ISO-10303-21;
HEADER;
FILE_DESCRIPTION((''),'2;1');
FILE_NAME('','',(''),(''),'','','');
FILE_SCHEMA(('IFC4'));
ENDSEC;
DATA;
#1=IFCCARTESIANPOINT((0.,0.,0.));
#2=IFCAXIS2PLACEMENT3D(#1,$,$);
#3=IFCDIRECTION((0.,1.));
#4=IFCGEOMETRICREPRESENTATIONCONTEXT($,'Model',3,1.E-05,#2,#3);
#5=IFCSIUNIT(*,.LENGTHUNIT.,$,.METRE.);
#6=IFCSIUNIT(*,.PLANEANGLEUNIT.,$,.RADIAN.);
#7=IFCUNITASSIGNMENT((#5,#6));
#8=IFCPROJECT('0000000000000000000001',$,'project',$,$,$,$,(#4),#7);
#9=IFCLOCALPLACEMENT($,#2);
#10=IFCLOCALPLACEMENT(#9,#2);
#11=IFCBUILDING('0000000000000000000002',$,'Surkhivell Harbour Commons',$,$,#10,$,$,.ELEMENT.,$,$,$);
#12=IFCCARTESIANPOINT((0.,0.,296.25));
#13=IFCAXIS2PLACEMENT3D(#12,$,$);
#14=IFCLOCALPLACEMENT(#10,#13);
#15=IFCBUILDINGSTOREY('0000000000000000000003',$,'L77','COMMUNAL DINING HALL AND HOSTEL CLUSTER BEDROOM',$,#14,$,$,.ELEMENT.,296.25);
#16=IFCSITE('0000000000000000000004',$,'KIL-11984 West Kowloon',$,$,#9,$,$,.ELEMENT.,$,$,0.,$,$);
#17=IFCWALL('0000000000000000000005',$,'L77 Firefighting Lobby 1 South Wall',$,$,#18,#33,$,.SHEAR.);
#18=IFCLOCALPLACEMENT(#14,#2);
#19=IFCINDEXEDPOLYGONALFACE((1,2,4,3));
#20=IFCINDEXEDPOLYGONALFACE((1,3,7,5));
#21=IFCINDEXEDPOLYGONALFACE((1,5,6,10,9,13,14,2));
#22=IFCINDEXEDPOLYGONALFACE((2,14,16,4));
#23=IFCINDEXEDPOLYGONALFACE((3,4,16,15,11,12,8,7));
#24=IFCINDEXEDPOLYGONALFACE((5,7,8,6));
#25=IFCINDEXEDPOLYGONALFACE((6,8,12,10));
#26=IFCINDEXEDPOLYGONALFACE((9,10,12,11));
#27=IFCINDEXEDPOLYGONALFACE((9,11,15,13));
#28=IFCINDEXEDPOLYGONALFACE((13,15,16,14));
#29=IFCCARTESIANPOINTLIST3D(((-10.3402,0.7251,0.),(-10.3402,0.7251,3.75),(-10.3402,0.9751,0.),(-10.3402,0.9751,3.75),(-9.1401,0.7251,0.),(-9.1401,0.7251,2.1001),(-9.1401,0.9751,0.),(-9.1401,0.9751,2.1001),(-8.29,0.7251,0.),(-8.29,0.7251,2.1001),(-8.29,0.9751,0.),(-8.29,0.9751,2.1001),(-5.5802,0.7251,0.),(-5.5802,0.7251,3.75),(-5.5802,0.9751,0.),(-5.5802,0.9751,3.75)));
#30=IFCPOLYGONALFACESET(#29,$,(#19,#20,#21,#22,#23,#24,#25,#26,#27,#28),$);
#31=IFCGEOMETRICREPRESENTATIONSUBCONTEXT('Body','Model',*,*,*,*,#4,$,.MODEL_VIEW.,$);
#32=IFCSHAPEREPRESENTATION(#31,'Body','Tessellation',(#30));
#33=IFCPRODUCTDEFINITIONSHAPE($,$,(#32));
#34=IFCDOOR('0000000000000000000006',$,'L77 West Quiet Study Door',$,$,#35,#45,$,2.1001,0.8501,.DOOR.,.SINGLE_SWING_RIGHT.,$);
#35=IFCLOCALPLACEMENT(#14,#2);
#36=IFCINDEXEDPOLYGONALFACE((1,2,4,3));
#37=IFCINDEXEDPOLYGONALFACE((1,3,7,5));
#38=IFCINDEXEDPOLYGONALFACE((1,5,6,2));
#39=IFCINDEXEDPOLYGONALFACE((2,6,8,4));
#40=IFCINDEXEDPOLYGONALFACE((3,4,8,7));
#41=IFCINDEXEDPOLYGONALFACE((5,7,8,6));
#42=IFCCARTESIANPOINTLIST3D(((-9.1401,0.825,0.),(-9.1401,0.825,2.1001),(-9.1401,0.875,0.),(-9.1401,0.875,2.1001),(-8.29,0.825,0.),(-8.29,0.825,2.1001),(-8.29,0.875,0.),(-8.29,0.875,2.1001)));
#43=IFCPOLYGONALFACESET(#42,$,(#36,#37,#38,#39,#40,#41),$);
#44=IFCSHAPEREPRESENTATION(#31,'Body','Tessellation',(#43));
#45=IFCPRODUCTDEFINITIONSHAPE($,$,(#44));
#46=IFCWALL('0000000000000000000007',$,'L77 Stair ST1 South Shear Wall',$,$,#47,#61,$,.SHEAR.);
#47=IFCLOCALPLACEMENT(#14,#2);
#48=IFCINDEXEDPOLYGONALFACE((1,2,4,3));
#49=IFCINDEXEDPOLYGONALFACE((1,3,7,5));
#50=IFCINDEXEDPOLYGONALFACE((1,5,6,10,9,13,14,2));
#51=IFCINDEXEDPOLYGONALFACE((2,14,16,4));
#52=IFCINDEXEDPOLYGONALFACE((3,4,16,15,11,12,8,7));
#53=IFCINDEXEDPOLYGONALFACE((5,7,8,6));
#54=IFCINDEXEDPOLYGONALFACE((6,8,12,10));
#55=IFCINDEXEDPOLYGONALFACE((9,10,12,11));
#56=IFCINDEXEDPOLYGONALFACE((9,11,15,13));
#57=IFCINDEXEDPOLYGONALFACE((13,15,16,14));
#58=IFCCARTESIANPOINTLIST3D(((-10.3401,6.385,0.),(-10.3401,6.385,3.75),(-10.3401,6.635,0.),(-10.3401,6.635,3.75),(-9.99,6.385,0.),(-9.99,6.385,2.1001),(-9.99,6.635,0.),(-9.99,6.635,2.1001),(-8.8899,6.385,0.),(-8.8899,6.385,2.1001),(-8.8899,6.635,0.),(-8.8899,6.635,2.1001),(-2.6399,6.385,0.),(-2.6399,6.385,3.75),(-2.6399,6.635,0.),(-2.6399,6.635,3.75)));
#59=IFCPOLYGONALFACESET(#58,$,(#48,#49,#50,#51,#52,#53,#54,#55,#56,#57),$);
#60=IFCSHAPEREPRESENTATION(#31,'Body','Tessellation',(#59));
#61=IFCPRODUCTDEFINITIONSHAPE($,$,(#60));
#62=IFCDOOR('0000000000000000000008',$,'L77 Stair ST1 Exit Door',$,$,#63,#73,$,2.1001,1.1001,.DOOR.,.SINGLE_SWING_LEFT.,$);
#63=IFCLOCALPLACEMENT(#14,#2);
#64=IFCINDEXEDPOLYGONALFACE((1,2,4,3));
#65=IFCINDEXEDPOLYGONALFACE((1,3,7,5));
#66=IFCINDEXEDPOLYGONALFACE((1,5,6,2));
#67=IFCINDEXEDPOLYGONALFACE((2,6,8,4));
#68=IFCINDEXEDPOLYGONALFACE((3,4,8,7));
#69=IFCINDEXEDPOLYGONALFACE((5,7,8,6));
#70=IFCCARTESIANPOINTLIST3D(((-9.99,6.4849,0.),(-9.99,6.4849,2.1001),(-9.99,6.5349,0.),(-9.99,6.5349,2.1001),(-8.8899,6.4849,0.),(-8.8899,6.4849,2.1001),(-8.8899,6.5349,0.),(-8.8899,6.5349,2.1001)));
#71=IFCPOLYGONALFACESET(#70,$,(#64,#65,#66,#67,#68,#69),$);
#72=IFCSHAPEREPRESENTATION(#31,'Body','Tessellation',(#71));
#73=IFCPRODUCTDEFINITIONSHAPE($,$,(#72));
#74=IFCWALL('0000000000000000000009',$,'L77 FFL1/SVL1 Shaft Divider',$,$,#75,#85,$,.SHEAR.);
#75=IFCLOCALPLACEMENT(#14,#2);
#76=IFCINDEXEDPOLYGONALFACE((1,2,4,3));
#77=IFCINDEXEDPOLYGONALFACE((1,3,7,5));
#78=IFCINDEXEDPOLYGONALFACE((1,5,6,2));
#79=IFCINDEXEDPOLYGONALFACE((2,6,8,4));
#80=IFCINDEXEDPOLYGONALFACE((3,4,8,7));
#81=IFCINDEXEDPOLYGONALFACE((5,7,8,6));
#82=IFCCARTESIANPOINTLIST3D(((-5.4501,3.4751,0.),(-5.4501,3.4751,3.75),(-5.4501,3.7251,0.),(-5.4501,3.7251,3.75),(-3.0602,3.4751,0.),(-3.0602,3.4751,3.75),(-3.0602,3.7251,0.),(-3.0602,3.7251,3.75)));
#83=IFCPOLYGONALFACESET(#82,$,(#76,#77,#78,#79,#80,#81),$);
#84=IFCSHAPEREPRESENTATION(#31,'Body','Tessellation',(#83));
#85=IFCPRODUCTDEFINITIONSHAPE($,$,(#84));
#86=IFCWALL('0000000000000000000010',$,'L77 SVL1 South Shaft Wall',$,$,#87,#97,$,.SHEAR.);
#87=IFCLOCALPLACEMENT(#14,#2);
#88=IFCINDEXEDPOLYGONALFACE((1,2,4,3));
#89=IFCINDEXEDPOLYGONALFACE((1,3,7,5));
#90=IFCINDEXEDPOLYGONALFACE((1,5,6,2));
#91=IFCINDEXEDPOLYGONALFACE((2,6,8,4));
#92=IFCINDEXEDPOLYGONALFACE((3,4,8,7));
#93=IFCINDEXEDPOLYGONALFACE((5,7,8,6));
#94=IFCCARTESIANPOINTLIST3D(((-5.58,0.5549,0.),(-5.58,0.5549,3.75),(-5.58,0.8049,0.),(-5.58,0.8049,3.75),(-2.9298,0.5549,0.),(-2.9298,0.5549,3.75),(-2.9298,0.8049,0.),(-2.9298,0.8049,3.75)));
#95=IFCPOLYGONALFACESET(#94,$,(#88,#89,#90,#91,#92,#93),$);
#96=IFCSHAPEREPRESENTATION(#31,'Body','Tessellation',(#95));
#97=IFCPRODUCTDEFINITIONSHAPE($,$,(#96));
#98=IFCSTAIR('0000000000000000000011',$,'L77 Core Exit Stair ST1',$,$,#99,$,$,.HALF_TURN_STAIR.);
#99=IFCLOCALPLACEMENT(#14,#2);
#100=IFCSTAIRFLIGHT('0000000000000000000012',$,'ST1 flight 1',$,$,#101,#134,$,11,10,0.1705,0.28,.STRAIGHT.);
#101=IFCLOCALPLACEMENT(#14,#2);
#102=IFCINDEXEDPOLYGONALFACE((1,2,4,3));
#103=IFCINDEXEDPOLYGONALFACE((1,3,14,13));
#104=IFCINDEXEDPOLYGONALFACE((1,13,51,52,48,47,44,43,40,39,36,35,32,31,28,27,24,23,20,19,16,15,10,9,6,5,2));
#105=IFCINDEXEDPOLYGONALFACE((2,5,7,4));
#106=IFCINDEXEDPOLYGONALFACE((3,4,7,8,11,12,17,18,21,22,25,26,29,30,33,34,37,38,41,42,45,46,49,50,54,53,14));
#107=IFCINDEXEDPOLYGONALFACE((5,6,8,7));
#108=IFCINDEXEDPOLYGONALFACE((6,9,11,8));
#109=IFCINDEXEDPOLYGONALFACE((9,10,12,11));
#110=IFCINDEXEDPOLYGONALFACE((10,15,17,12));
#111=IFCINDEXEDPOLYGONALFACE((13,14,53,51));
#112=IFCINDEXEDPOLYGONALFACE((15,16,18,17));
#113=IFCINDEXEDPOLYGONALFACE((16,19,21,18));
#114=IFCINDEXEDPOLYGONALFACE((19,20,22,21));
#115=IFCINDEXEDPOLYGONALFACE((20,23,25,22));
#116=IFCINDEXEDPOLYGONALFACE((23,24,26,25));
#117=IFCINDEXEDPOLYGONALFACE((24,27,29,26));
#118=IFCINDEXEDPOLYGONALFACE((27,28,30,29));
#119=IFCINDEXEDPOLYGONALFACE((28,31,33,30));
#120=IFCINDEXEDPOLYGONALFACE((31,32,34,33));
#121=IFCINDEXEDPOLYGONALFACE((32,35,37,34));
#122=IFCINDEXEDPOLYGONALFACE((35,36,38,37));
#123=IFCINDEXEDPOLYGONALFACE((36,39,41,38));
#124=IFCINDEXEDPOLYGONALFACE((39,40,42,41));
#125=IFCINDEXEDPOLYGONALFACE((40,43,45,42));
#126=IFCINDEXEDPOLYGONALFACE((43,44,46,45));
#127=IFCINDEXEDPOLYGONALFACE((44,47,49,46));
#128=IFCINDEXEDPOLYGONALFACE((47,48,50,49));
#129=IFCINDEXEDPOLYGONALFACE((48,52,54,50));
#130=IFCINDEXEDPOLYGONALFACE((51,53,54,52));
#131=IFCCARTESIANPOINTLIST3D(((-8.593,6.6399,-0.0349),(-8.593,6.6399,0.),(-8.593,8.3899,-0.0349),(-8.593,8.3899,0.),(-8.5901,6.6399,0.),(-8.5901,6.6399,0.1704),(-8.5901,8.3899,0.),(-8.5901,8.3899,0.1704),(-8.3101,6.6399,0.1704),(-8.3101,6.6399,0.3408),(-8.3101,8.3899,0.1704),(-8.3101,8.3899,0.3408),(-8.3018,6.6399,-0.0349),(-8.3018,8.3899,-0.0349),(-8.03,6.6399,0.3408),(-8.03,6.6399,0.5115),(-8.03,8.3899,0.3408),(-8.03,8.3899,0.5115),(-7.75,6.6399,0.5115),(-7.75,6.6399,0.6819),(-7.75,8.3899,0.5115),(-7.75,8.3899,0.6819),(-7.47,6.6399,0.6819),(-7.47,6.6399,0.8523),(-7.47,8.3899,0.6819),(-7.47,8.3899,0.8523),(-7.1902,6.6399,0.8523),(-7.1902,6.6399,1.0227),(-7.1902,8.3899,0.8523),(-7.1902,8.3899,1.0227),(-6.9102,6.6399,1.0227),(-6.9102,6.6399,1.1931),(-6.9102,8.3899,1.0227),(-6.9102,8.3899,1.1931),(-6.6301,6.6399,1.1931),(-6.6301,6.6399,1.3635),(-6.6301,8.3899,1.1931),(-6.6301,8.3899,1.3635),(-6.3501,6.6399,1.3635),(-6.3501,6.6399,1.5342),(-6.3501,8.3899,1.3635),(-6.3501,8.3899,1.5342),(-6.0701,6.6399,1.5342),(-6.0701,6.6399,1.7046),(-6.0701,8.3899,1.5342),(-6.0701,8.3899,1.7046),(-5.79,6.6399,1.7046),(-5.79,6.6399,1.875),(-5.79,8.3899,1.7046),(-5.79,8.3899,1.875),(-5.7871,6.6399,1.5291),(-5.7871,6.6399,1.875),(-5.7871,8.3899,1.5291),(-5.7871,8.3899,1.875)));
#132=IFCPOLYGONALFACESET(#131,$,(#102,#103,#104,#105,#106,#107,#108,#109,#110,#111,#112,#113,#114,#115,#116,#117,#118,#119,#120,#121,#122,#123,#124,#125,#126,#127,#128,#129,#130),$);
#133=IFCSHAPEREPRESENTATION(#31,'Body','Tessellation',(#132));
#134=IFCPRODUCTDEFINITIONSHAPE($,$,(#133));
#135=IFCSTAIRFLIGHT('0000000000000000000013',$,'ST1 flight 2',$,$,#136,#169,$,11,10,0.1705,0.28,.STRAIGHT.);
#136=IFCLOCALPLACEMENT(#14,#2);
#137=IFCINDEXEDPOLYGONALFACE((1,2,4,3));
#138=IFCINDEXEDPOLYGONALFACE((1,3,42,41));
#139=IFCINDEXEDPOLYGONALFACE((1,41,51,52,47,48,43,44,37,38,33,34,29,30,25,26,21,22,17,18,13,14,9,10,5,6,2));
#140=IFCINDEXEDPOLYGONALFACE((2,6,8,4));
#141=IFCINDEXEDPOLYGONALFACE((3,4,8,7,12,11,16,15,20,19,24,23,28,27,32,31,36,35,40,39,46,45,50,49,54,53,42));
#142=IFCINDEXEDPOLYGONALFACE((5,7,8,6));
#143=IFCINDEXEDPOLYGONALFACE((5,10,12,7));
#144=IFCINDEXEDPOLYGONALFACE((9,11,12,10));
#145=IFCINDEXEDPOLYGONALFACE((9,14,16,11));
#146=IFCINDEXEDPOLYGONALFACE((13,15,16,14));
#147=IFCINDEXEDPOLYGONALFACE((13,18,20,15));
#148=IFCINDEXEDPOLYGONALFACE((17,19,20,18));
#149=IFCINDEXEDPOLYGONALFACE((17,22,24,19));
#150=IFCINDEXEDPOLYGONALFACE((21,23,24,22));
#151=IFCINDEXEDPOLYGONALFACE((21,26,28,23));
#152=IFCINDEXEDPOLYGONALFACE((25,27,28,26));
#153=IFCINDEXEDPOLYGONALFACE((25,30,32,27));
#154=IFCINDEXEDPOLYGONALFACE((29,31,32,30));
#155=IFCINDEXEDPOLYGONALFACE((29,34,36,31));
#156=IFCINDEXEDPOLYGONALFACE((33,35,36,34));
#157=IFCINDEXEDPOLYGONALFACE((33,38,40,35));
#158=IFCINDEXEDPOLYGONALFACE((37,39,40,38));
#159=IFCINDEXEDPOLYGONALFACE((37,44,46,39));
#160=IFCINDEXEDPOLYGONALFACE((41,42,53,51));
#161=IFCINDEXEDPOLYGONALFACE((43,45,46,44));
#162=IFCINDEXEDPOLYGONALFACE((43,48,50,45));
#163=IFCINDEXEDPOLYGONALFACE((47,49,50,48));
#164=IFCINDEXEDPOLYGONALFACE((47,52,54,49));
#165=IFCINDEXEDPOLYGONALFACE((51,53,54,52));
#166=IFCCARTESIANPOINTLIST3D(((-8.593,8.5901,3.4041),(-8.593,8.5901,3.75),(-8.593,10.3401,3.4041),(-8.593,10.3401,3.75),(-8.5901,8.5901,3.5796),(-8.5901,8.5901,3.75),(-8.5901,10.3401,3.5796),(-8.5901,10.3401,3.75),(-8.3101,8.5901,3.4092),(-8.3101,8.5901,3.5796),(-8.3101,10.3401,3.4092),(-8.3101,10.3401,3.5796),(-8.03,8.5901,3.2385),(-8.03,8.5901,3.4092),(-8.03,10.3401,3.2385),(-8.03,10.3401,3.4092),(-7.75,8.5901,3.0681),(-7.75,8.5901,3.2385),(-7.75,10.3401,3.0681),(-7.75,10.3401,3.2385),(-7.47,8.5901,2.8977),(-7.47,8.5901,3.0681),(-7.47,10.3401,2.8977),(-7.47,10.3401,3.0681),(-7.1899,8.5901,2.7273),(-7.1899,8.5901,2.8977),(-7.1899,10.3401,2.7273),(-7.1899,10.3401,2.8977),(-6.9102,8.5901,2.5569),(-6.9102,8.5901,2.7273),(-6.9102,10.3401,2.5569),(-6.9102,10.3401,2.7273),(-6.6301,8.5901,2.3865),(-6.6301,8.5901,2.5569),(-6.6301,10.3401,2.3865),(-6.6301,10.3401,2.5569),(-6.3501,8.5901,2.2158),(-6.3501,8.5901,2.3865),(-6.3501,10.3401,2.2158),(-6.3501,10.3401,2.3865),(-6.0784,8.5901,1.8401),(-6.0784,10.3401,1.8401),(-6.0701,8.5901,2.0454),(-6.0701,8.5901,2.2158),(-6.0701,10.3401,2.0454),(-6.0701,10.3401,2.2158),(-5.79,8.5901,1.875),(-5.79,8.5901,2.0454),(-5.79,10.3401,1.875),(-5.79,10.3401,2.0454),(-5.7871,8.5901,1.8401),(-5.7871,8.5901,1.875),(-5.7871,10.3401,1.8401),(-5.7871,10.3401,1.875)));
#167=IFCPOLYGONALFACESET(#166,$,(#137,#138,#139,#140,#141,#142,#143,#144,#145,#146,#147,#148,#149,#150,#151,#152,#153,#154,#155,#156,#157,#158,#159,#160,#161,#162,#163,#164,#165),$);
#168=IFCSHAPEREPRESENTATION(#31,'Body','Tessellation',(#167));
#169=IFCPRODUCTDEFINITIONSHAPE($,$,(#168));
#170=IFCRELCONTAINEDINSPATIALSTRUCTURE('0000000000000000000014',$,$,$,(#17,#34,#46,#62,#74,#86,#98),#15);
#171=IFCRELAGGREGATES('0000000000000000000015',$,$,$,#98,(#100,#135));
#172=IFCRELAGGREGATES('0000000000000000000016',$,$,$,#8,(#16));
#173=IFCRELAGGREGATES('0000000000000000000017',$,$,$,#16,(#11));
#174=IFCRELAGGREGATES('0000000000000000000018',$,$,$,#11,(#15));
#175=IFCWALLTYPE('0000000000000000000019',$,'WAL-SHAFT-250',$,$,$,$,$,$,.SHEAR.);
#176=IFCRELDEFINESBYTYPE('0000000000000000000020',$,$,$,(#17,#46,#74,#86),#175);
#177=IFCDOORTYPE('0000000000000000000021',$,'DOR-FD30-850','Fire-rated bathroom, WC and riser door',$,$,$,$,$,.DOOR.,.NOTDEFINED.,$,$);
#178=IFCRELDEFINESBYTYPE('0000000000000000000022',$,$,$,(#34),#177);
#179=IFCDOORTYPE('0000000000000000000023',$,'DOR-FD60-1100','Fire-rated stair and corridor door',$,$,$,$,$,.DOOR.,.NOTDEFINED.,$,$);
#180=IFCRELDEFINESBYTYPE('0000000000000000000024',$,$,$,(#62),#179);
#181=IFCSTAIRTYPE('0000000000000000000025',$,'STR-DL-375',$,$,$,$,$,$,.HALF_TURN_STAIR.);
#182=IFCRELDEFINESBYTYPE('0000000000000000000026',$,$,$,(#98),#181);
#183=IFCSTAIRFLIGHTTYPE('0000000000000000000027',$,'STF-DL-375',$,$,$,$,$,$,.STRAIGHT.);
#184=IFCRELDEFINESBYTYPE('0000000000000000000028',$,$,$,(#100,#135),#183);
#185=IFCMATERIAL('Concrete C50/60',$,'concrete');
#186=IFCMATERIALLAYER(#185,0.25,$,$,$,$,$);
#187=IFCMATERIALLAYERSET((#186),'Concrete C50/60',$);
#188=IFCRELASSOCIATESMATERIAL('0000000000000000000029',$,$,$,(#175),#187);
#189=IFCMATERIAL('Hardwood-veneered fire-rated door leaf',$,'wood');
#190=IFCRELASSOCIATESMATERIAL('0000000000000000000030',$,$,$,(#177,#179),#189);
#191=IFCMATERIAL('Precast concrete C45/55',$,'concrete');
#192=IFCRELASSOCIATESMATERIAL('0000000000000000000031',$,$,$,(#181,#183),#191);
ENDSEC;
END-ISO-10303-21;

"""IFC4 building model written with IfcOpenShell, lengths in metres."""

from ifc_helpers import new_model, si_unit, direction, frame, frame_2d, origin, place, context, subcontext, project, spatial, polyline, rectangle, outline, extrude, material, layer, layer_set, type_object, element, fill, aggregate, save


model = new_model("IFC4")

# Units and contexts
model_context = context("Model", 3, precision=1e-05, world=origin(), true_north=direction((0.0, 1.0)))
body_context = subcontext(model_context, "Body", "Model", "MODEL_VIEW")
ifc_project = project(units=[si_unit("LENGTHUNIT", "METRE"), si_unit("PLANEANGLEUNIT", "RADIAN")], contexts=[model_context])

# Site, building, storey
site_placement = place(None, origin())
site = spatial("IfcSite", under=ifc_project, at=site_placement, Name="KIL-11984 West Kowloon", CompositionType="ELEMENT", RefElevation=0.0)
building_placement = place(site_placement, origin())
building = spatial("IfcBuilding", under=site, at=building_placement, Name="Surkhivell Harbour Commons", CompositionType="ELEMENT")
storey_placement = place(building_placement, frame((0.0, 0.0, 296.25)))
storey = spatial("IfcBuildingStorey", under=building, at=storey_placement, Name="L77", Description="COMMUNAL DINING HALL AND HOSTEL CLUSTER BEDROOM", CompositionType="ELEMENT", Elevation=296.25)

# Shared definitions
ifc_material_1 = material(Name="Concrete C50/60", Category="concrete")

# Shared definitions
ifc_material_2 = material(Name="Hardwood-veneered fire-rated door leaf", Category="wood")

# Walls, openings, doors
ifc_layer_1 = layer(ifc_material_1, 0.25)
ifc_layer_set_1 = layer_set([ifc_layer_1], Name="Concrete C50/60")
wall_type_1 = type_object("IfcWallType", Name="WAL-SHAFT-250", PredefinedType="SHEAR", material=ifc_layer_set_1)
wall_1_placement = place(storey_placement, frame((-10.3401, 0.8501, 0.0), z_axis=(0.0, 0.0, 1.0), x_axis=(1.0, 0.0, 0.0)))
wall_1 = element("IfcWall", 1, at=wall_1_placement, inside=storey, type_object=wall_type_1, Name="L77 Firefighting Lobby 1 South Wall", PredefinedType="SHEAR", context=body_context, shape_type="SweptSolid", body=[
    extrude(rectangle(XDim=4.76, YDim=0.25, at=frame_2d((2.3799, 0.0))), origin(), (0.0, 0.0, 1.0), 3.75),
])
opening_1_placement = place(wall_1_placement, frame((1.2, 0.0, 0.0)))
opening_1 = element("IfcOpeningElement", 2, at=opening_1_placement, cuts=wall_1, PredefinedType="OPENING", context=body_context, shape_type="SweptSolid", body=[
    extrude(rectangle(XDim=0.8501, YDim=2.1001, at=frame_2d((0.425, 1.05))), frame((0.0, 0.135, 0.0), z_axis=(0.0, -1.0, 0.0), x_axis=(1.0, 0.0, 0.0)), (0.0, 0.0, 1.0), 0.27),
])
door_type_1 = type_object("IfcDoorType", Name="DOR-FD30-850", Description="Fire-rated bathroom, WC and riser door", OperationType="NOTDEFINED", PredefinedType="DOOR", material=ifc_material_2)
door_1_placement = place(opening_1_placement, origin())
door_1 = element("IfcDoor", 3, at=door_1_placement, inside=storey, type_object=door_type_1, Name="L77 West Quiet Study Door", OperationType="SINGLE_SWING_RIGHT", OverallHeight=2.1001, OverallWidth=0.8501, PredefinedType="DOOR", context=body_context, shape_type="SweptSolid", body=[
    extrude(rectangle(XDim=0.8501, YDim=2.1001, at=frame_2d((0.425, 1.05))), frame((0.0, 0.0249, 0.0), z_axis=(0.0, -1.0, 0.0), x_axis=(1.0, 0.0, 0.0)), (0.0, 0.0, 1.0), 0.05),
])
fill(opening_1, door_1)
wall_2_placement = place(storey_placement, frame((-10.3401, 6.51, 0.0), z_axis=(0.0, 0.0, 1.0), x_axis=(1.0, 0.0, 0.0)))
wall_2 = element("IfcWall", 4, at=wall_2_placement, inside=storey, type_object=wall_type_1, Name="L77 Stair ST1 South Shear Wall", PredefinedType="SHEAR", context=body_context, shape_type="SweptSolid", body=[
    extrude(rectangle(XDim=7.7002, YDim=0.25, at=frame_2d((3.8501, 0.0))), origin(), (0.0, 0.0, 1.0), 3.75),
])
opening_2_placement = place(wall_2_placement, frame((0.3501, 0.0, 0.0)))
opening_2 = element("IfcOpeningElement", 5, at=opening_2_placement, cuts=wall_2, PredefinedType="OPENING", context=body_context, shape_type="SweptSolid", body=[
    extrude(rectangle(XDim=1.1001, YDim=2.1001, at=frame_2d((0.55, 1.05))), frame((0.0, 0.135, 0.0), z_axis=(0.0, -1.0, 0.0), x_axis=(1.0, 0.0, 0.0)), (0.0, 0.0, 1.0), 0.27),
])
door_type_2 = type_object("IfcDoorType", Name="DOR-FD60-1100", Description="Fire-rated stair and corridor door", OperationType="NOTDEFINED", PredefinedType="DOOR", material=ifc_material_2)
door_2_placement = place(opening_2_placement, origin())
door_2 = element("IfcDoor", 6, at=door_2_placement, inside=storey, type_object=door_type_2, Name="L77 Stair ST1 Exit Door", OperationType="SINGLE_SWING_LEFT", OverallHeight=2.1001, OverallWidth=1.1001, PredefinedType="DOOR", context=body_context, shape_type="SweptSolid", body=[
    extrude(rectangle(XDim=1.1001, YDim=2.1001, at=frame_2d((0.55, 1.05))), frame((0.0, 0.0249, 0.0), z_axis=(0.0, -1.0, 0.0), x_axis=(1.0, 0.0, 0.0)), (0.0, 0.0, 1.0), 0.05),
])
fill(opening_2, door_2)

# Walls
wall_3_placement = place(storey_placement, frame((-5.45, 3.6001, 0.0), z_axis=(0.0, 0.0, 1.0), x_axis=(1.0, 0.0, 0.0)))
element("IfcWall", 7, at=wall_3_placement, inside=storey, type_object=wall_type_1, Name="L77 FFL1/SVL1 Shaft Divider", PredefinedType="SHEAR", context=body_context, shape_type="SweptSolid", body=[
    extrude(rectangle(XDim=2.3899, YDim=0.25, at=frame_2d((1.1948, 0.0))), origin(), (0.0, 0.0, 1.0), 3.75),
])
wall_4_placement = place(storey_placement, frame((-5.5801, 0.6799, 0.0), z_axis=(0.0, 0.0, 1.0), x_axis=(1.0, 0.0, 0.0)))
element("IfcWall", 8, at=wall_4_placement, inside=storey, type_object=wall_type_1, Name="L77 SVL1 South Shaft Wall", PredefinedType="SHEAR", context=body_context, shape_type="SweptSolid", body=[
    extrude(rectangle(XDim=2.6501, YDim=0.25, at=frame_2d((1.3252, 0.0))), origin(), (0.0, 0.0, 1.0), 3.75),
])

# Stair, stair flights
ifc_material_3 = material(Name="Precast concrete C45/55", Category="concrete")
stair_type = type_object("IfcStairType", Name="STR-DL-375", PredefinedType="HALF_TURN_STAIR", material=ifc_material_3)
stair_placement = place(storey_placement, origin())
stair = element("IfcStair", 9, at=stair_placement, inside=storey, type_object=stair_type, Name="L77 Core Exit Stair ST1", PredefinedType="HALF_TURN_STAIR")
stair_flight_type = type_object("IfcStairFlightType", Name="STF-DL-375", PredefinedType="STRAIGHT", material=ifc_material_3)
stair_flight_1_placement = place(storey_placement, frame((-8.5901, 7.5149, 0.0), z_axis=(0.0, 0.0, 1.0), x_axis=(1.0, 0.0, 0.0)))
stair_flight_1 = element("IfcStairFlight", 10, at=stair_flight_1_placement, type_object=stair_flight_type, Name="ST1 flight 1", NumberOfRisers=11, NumberOfTreads=10, PredefinedType="STRAIGHT", RiserHeight=0.1705, TreadLength=0.28, context=body_context, shape_type="SweptSolid", body=[
    extrude(outline(polyline([(-0.0029, -0.0349), (-0.0029, 0.0), (0.0, 0.0), (0.0, 0.1704), (0.28, 0.1704), (0.28, 0.3408), (0.5601, 0.3408), (0.5601, 0.5115), (0.8401, 0.5115), (0.8401, 0.6819), (1.1201, 0.6819), (1.1201, 0.8523), (1.3999, 0.8523), (1.3999, 1.0227), (1.6799, 1.0227), (1.6799, 1.1931), (1.96, 1.1931), (1.96, 1.3635), (2.24, 1.3635), (2.24, 1.5342), (2.52, 1.5342), (2.52, 1.7046), (2.8, 1.7046), (2.8, 1.875), (2.803, 1.875), (2.803, 1.5291), (0.2883, -0.0349), (-0.0029, -0.0349)])), frame((0.0, 0.875, 0.0), z_axis=(0.0, -1.0, 0.0), x_axis=(1.0, 0.0, 0.0)), (0.0, 0.0, 1.0), 1.75),
])
stair_flight_2_placement = place(storey_placement, frame((-5.79, 9.4651, 1.875), z_axis=(0.0, 0.0, 1.0), x_axis=(-1.0, 0.0, 0.0)))
stair_flight_2 = element("IfcStairFlight", 11, at=stair_flight_2_placement, type_object=stair_flight_type, Name="ST1 flight 2", NumberOfRisers=11, NumberOfTreads=10, PredefinedType="STRAIGHT", RiserHeight=0.1705, TreadLength=0.28, context=body_context, shape_type="SweptSolid", body=[
    extrude(outline(polyline([(-0.0029, -0.0349), (-0.0029, 0.0), (0.0, 0.0), (0.0, 0.1704), (0.28, 0.1704), (0.28, 0.3408), (0.5601, 0.3408), (0.5601, 0.5115), (0.8401, 0.5115), (0.8401, 0.6819), (1.1201, 0.6819), (1.1201, 0.8523), (1.3999, 0.8523), (1.3999, 1.0227), (1.6799, 1.0227), (1.6799, 1.1931), (1.96, 1.1931), (1.96, 1.3635), (2.24, 1.3635), (2.24, 1.5342), (2.52, 1.5342), (2.52, 1.7046), (2.8, 1.7046), (2.8, 1.875), (2.803, 1.875), (2.803, 1.5291), (0.2883, -0.0349), (-0.0029, -0.0349)])), frame((0.0, 0.875, 0.0), z_axis=(0.0, -1.0, 0.0), x_axis=(1.0, 0.0, 0.0)), (0.0, 0.0, 1.0), 1.75),
])
aggregate(stair, [stair_flight_1, stair_flight_2])

save(model, "model.ifc")
